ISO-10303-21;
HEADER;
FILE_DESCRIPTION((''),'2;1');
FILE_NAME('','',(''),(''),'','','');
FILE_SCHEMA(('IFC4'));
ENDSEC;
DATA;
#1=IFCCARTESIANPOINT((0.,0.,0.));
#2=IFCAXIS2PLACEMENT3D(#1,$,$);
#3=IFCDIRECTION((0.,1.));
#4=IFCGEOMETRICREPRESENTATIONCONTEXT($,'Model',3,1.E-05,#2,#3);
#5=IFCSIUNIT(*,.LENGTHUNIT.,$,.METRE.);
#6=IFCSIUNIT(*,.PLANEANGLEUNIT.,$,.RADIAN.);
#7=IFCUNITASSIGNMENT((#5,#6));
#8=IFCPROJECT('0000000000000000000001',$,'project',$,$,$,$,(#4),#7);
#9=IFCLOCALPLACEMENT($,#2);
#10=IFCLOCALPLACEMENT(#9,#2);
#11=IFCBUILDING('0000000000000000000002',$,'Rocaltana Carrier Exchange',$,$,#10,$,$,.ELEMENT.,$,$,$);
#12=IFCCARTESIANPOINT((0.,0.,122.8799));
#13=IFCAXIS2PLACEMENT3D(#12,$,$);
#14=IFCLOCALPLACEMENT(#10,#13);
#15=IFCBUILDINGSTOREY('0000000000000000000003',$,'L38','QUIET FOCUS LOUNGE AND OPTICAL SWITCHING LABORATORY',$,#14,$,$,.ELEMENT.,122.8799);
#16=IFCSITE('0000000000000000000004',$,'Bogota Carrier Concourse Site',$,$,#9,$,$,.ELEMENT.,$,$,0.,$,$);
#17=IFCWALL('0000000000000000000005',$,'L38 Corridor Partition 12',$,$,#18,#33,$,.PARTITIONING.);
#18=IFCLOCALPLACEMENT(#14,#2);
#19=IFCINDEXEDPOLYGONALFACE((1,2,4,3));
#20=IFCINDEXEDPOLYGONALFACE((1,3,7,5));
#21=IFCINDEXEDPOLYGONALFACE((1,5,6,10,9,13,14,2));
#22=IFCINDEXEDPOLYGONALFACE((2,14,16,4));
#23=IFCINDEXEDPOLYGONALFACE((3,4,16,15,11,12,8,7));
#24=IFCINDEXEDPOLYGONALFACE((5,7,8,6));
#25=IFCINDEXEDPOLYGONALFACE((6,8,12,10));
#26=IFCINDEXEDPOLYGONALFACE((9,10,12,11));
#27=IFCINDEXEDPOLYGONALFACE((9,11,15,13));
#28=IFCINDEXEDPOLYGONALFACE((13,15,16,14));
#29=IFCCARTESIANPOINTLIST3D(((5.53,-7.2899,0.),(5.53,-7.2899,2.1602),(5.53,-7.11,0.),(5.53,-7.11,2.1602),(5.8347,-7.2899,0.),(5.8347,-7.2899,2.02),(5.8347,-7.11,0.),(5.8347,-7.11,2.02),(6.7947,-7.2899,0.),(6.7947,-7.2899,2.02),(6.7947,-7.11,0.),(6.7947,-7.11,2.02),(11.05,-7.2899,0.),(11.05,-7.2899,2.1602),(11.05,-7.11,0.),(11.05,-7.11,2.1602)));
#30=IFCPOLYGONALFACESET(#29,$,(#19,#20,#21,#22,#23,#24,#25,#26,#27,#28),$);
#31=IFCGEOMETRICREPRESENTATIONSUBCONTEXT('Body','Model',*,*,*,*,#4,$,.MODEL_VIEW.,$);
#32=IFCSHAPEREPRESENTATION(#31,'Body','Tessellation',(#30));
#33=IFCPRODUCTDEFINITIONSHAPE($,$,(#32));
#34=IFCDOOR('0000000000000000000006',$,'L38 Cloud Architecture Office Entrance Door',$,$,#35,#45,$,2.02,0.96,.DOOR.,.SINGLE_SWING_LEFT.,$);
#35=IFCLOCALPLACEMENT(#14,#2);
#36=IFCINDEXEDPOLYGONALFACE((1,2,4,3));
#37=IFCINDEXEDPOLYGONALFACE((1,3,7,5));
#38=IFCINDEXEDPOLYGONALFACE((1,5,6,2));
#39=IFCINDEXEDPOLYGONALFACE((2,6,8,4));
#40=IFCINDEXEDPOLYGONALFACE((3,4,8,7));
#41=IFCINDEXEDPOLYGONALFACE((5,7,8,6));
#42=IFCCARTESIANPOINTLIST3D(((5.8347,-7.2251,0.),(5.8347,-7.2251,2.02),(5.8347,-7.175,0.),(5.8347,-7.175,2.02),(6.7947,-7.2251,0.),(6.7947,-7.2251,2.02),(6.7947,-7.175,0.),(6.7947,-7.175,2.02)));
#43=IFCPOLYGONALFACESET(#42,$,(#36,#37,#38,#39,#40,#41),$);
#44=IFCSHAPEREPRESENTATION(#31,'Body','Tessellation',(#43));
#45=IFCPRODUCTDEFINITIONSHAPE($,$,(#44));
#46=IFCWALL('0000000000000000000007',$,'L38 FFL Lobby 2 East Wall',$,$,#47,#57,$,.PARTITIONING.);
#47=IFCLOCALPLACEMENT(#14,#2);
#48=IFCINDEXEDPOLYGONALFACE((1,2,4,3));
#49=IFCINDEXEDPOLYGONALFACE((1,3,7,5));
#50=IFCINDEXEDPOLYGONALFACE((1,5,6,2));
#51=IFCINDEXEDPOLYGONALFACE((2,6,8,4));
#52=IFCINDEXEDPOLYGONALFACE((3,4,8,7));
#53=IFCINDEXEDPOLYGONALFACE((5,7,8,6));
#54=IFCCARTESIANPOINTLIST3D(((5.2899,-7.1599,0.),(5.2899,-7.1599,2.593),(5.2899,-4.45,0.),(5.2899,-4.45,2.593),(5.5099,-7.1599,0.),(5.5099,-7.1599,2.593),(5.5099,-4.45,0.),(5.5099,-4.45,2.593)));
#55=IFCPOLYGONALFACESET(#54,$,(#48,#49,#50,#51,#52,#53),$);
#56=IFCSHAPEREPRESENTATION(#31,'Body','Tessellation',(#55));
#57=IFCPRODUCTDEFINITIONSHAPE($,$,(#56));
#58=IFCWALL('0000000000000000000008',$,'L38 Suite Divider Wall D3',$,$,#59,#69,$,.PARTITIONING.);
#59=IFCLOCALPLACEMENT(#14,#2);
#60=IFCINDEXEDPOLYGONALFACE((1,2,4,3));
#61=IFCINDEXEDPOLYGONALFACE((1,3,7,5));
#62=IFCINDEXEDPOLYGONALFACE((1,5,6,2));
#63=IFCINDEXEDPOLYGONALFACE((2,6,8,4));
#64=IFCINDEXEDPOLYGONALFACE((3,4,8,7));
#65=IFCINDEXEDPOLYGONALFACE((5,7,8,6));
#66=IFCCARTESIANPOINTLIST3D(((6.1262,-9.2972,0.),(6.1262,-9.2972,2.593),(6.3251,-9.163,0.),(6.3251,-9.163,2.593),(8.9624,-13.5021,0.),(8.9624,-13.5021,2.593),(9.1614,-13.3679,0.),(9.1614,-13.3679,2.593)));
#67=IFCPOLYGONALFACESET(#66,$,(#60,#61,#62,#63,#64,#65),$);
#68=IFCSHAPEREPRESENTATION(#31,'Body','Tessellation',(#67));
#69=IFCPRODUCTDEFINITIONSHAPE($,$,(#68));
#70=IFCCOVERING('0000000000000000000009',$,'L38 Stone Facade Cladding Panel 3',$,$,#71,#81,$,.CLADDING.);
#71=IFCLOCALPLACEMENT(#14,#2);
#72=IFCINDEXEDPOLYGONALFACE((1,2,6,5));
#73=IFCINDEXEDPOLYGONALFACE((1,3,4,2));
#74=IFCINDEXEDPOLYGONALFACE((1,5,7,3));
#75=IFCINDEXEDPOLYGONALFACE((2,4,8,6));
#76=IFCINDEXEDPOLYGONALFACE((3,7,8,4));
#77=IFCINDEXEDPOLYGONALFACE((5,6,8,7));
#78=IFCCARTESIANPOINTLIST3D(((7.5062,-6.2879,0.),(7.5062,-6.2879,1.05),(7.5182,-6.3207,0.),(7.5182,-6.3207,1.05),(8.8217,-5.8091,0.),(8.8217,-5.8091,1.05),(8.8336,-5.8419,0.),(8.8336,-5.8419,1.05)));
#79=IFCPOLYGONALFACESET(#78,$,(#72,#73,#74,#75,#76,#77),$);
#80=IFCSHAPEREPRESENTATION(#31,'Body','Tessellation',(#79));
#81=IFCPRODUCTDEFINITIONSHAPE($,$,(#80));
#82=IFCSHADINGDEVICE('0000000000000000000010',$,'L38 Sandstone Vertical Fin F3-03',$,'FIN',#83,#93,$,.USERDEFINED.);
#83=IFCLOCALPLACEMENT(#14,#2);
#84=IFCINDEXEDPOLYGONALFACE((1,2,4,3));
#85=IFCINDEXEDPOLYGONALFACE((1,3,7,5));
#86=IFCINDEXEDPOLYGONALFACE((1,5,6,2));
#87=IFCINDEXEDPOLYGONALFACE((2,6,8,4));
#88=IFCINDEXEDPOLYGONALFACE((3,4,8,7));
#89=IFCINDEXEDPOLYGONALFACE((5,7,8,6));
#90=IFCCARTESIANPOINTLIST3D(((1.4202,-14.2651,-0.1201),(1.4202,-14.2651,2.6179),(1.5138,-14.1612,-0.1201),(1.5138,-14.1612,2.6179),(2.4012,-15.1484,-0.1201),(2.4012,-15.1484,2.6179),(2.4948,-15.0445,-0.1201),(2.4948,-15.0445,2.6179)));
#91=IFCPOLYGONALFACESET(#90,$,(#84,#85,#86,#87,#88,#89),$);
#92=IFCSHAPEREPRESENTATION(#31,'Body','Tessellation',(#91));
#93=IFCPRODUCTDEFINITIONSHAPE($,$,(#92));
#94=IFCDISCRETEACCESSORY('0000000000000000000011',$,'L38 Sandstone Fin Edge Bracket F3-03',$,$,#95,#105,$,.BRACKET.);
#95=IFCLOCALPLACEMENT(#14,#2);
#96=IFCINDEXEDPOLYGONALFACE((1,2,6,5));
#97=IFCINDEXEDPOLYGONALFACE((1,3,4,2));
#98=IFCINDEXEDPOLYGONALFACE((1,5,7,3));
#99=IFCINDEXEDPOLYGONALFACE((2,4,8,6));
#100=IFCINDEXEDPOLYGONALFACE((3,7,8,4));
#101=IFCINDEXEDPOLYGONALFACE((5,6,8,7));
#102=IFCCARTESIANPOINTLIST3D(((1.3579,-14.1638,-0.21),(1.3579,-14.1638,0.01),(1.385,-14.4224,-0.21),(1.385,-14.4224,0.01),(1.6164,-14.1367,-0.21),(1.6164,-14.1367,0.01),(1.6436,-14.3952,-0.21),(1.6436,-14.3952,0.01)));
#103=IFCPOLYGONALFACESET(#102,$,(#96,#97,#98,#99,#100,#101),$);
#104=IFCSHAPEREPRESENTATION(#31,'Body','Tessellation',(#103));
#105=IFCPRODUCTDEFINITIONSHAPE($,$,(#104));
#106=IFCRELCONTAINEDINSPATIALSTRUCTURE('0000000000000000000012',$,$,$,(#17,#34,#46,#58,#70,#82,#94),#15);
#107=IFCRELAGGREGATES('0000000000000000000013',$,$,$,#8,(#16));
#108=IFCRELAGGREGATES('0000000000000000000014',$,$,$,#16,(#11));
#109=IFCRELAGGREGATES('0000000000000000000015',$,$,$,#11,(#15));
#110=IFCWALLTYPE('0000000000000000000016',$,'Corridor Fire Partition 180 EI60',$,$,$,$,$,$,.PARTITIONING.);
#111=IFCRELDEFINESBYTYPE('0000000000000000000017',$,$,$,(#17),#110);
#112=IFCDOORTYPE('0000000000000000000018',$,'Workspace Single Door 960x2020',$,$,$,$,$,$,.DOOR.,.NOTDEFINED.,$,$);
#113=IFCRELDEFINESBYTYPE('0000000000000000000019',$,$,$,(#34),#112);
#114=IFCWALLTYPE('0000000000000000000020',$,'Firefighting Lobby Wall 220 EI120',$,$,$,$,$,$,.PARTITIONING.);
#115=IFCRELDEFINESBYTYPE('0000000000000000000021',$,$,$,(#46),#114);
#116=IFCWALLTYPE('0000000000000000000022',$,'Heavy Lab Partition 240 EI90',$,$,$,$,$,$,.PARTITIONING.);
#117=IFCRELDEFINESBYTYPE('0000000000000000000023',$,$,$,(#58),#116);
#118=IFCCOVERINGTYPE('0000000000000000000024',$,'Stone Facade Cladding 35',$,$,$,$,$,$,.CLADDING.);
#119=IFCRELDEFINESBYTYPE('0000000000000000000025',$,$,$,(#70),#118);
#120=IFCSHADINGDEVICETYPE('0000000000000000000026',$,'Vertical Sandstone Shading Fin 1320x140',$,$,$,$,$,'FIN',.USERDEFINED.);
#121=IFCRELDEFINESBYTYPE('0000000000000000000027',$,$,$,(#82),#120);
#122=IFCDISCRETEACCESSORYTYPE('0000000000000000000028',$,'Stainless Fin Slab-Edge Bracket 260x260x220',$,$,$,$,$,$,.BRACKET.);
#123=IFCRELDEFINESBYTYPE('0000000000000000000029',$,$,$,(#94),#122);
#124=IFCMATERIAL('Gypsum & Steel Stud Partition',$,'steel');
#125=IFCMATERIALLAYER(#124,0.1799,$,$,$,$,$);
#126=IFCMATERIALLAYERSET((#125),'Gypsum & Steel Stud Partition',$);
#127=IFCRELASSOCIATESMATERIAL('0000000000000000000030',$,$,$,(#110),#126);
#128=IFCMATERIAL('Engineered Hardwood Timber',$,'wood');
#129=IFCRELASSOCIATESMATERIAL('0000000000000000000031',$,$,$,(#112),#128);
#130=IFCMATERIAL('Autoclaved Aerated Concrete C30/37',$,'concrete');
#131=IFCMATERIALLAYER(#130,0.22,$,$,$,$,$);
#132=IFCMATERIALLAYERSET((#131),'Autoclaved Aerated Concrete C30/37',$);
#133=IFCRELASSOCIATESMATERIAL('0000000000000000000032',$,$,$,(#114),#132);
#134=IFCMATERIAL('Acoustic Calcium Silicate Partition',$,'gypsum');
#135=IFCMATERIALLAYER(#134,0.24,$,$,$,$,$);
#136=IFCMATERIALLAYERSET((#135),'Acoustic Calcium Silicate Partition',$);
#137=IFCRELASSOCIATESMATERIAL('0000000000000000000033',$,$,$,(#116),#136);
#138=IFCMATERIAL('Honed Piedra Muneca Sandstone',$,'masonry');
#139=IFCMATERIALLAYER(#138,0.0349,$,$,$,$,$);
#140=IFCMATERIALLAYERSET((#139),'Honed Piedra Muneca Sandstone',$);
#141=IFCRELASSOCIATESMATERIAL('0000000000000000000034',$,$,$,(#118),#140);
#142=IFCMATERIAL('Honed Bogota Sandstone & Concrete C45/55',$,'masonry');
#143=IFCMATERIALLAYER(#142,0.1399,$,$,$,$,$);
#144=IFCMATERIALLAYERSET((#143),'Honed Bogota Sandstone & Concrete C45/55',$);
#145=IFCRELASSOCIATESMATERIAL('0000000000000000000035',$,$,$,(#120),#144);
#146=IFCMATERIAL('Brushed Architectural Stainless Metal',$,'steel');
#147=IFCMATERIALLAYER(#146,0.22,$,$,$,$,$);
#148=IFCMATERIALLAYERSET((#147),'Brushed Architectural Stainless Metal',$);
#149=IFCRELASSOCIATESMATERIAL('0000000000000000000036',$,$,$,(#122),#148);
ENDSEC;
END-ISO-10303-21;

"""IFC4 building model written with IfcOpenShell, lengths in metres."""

from ifc_helpers import new_model, si_unit, direction, frame, frame_2d, origin, origin_2d, place, context, subcontext, project, spatial, rectangle, extrude, material, layer, layer_set, type_object, element, fill, save


model = new_model("IFC4")

# Units and contexts
model_context = context("Model", 3, precision=1e-05, world=origin(), true_north=direction((0.0, 1.0)))
body_context = subcontext(model_context, "Body", "Model", "MODEL_VIEW")
ifc_project = project(units=[si_unit("LENGTHUNIT", "METRE"), si_unit("PLANEANGLEUNIT", "RADIAN")], contexts=[model_context])

# Site, building, storey
site_placement = place(None, origin())
site = spatial("IfcSite", under=ifc_project, at=site_placement, Name="Bogota Carrier Concourse Site", CompositionType="ELEMENT", RefElevation=0.0)
building_placement = place(site_placement, origin())
building = spatial("IfcBuilding", under=site, at=building_placement, Name="Rocaltana Carrier Exchange", CompositionType="ELEMENT")
storey_placement = place(building_placement, frame((0.0, 0.0, 122.8799)))
storey = spatial("IfcBuildingStorey", under=building, at=storey_placement, Name="L38", Description="QUIET FOCUS LOUNGE AND OPTICAL SWITCHING LABORATORY", CompositionType="ELEMENT", Elevation=122.8799)

# Wall, opening, door
ifc_material_1 = material(Name="Gypsum & Steel Stud Partition", Category="steel")
ifc_layer_1 = layer(ifc_material_1, 0.1799)
ifc_layer_set_1 = layer_set([ifc_layer_1], Name="Gypsum & Steel Stud Partition")
wall_type_1 = type_object("IfcWallType", Name="Corridor Fire Partition 180 EI60", PredefinedType="PARTITIONING", material=ifc_layer_set_1)
wall_1_placement = place(storey_placement, frame((5.53, -7.2, 0.0), z_axis=(0.0, 0.0, 1.0), x_axis=(1.0, 0.0, 0.0)))
wall_1 = element("IfcWall", 1, at=wall_1_placement, inside=storey, type_object=wall_type_1, Name="L38 Corridor Partition 12", PredefinedType="PARTITIONING", context=body_context, shape_type="SweptSolid", body=[
    extrude(rectangle(XDim=5.52, YDim=0.1799, at=frame_2d((2.76, 0.0))), origin(), (0.0, 0.0, 1.0), 2.1602),
])
opening_placement = place(wall_1_placement, frame((0.3047, 0.0, 0.0)))
opening = element("IfcOpeningElement", 2, at=opening_placement, cuts=wall_1, PredefinedType="OPENING", context=body_context, shape_type="SweptSolid", body=[
    extrude(rectangle(XDim=0.96, YDim=2.02, at=frame_2d((0.48, 1.01))), frame((0.0, 0.0999, 0.0), z_axis=(0.0, -1.0, 0.0), x_axis=(1.0, 0.0, 0.0)), (0.0, 0.0, 1.0), 0.2),
])
ifc_material_2 = material(Name="Engineered Hardwood Timber", Category="wood")
door_type = type_object("IfcDoorType", Name="Workspace Single Door 960x2020", OperationType="NOTDEFINED", PredefinedType="DOOR", material=ifc_material_2)
door_placement = place(opening_placement, origin())
door = element("IfcDoor", 3, at=door_placement, inside=storey, type_object=door_type, Name="L38 Cloud Architecture Office Entrance Door", OperationType="SINGLE_SWING_LEFT", OverallHeight=2.02, OverallWidth=0.96, PredefinedType="DOOR", context=body_context, shape_type="SweptSolid", body=[
    extrude(rectangle(XDim=0.96, YDim=2.02, at=frame_2d((0.48, 1.01))), frame((0.0, 0.0249, 0.0), z_axis=(0.0, -1.0, 0.0), x_axis=(1.0, 0.0, 0.0)), (0.0, 0.0, 1.0), 0.05),
])
fill(opening, door)

# Walls
ifc_material_3 = material(Name="Autoclaved Aerated Concrete C30/37", Category="concrete")
ifc_layer_2 = layer(ifc_material_3, 0.22)
ifc_layer_set_2 = layer_set([ifc_layer_2], Name="Autoclaved Aerated Concrete C30/37")
wall_type_2 = type_object("IfcWallType", Name="Firefighting Lobby Wall 220 EI120", PredefinedType="PARTITIONING", material=ifc_layer_set_2)
wall_2_placement = place(storey_placement, frame((5.3999, -7.1599, 0.0), z_axis=(0.0, 0.0, 1.0), x_axis=(0.0, 1.0, 0.0)))
element("IfcWall", 4, at=wall_2_placement, inside=storey, type_object=wall_type_2, Name="L38 FFL Lobby 2 East Wall", PredefinedType="PARTITIONING", context=body_context, shape_type="SweptSolid", body=[
    extrude(rectangle(XDim=2.71, YDim=0.22, at=frame_2d((1.355, 0.0))), origin(), (0.0, 0.0, 1.0), 2.593),
])
ifc_material_4 = material(Name="Acoustic Calcium Silicate Partition", Category="gypsum")
ifc_layer_3 = layer(ifc_material_4, 0.24)
ifc_layer_set_3 = layer_set([ifc_layer_3], Name="Acoustic Calcium Silicate Partition")
wall_type_3 = type_object("IfcWallType", Name="Heavy Lab Partition 240 EI90", PredefinedType="PARTITIONING", material=ifc_layer_set_3)
wall_3_placement = place(storey_placement, frame((6.2256, -9.23, 0.0), z_axis=(0.0, 0.0, 1.0), x_axis=(0.559191, -0.829039, 0.0)))
element("IfcWall", 5, at=wall_3_placement, inside=storey, type_object=wall_type_3, Name="L38 Suite Divider Wall D3", PredefinedType="PARTITIONING", context=body_context, shape_type="SweptSolid", body=[
    extrude(rectangle(XDim=5.072, YDim=0.24, at=frame_2d((2.5361, 0.0))), origin(), (0.0, 0.0, 1.0), 2.593),
])

# Covering
ifc_material_5 = material(Name="Honed Piedra Muneca Sandstone", Category="masonry")
ifc_layer_4 = layer(ifc_material_5, 0.0349)
ifc_layer_set_4 = layer_set([ifc_layer_4], Name="Honed Piedra Muneca Sandstone")
covering_type = type_object("IfcCoveringType", Name="Stone Facade Cladding 35", PredefinedType="CLADDING", material=ifc_layer_set_4)
covering_placement = place(storey_placement, frame((8.1699, -6.0649, 0.0), z_axis=(0.0, 0.0, 1.0), x_axis=(0.939693, 0.34202, 0.0)))
element("IfcCovering", 6, at=covering_placement, inside=storey, type_object=covering_type, Name="L38 Stone Facade Cladding Panel 3", PredefinedType="CLADDING", context=body_context, shape_type="SweptSolid", body=[
    extrude(rectangle(XDim=1.3999, YDim=0.0349, at=origin_2d()), origin(), (0.0, 0.0, 1.0), 1.05),
])

# Shading device
ifc_material_6 = material(Name="Honed Bogota Sandstone & Concrete C45/55", Category="masonry")
ifc_layer_5 = layer(ifc_material_6, 0.1399)
ifc_layer_set_5 = layer_set([ifc_layer_5], Name="Honed Bogota Sandstone & Concrete C45/55")
shading_device_type = type_object("IfcShadingDeviceType", Name="Vertical Sandstone Shading Fin 1320x140", ElementType="FIN", PredefinedType="USERDEFINED", material=ifc_layer_set_5)
shading_device_placement = place(storey_placement, frame((1.9575, -14.6548, -0.1201), z_axis=(0.0, 0.0, 1.0), x_axis=(0.743145, -0.669131, 0.0)))
element("IfcShadingDevice", 7, at=shading_device_placement, inside=storey, type_object=shading_device_type, Name="L38 Sandstone Vertical Fin F3-03", ObjectType="FIN", PredefinedType="USERDEFINED", context=body_context, shape_type="SweptSolid", body=[
    extrude(rectangle(XDim=1.3201, YDim=0.1399, at=origin_2d()), origin(), (0.0, 0.0, 1.0), 2.738),
])

# Discrete accessory
ifc_material_7 = material(Name="Brushed Architectural Stainless Metal", Category="steel")
ifc_layer_6 = layer(ifc_material_7, 0.22)
ifc_layer_set_6 = layer_set([ifc_layer_6], Name="Brushed Architectural Stainless Metal")
discrete_accessory_type = type_object("IfcDiscreteAccessoryType", Name="Stainless Fin Slab-Edge Bracket 260x260x220", PredefinedType="BRACKET", material=ifc_layer_set_6)
discrete_accessory_placement = place(storey_placement, frame((1.5007, -14.2795, -0.21), z_axis=(0.0, 0.0, 1.0), x_axis=(0.994522, 0.104528, 0.0)))
element("IfcDiscreteAccessory", 8, at=discrete_accessory_placement, inside=storey, type_object=discrete_accessory_type, Name="L38 Sandstone Fin Edge Bracket F3-03", PredefinedType="BRACKET", context=body_context, shape_type="SweptSolid", body=[
    extrude(rectangle(XDim=0.26, YDim=0.26, at=origin_2d()), origin(), (0.0, 0.0, 1.0), 0.22),
])

save(model, "model.ifc")
